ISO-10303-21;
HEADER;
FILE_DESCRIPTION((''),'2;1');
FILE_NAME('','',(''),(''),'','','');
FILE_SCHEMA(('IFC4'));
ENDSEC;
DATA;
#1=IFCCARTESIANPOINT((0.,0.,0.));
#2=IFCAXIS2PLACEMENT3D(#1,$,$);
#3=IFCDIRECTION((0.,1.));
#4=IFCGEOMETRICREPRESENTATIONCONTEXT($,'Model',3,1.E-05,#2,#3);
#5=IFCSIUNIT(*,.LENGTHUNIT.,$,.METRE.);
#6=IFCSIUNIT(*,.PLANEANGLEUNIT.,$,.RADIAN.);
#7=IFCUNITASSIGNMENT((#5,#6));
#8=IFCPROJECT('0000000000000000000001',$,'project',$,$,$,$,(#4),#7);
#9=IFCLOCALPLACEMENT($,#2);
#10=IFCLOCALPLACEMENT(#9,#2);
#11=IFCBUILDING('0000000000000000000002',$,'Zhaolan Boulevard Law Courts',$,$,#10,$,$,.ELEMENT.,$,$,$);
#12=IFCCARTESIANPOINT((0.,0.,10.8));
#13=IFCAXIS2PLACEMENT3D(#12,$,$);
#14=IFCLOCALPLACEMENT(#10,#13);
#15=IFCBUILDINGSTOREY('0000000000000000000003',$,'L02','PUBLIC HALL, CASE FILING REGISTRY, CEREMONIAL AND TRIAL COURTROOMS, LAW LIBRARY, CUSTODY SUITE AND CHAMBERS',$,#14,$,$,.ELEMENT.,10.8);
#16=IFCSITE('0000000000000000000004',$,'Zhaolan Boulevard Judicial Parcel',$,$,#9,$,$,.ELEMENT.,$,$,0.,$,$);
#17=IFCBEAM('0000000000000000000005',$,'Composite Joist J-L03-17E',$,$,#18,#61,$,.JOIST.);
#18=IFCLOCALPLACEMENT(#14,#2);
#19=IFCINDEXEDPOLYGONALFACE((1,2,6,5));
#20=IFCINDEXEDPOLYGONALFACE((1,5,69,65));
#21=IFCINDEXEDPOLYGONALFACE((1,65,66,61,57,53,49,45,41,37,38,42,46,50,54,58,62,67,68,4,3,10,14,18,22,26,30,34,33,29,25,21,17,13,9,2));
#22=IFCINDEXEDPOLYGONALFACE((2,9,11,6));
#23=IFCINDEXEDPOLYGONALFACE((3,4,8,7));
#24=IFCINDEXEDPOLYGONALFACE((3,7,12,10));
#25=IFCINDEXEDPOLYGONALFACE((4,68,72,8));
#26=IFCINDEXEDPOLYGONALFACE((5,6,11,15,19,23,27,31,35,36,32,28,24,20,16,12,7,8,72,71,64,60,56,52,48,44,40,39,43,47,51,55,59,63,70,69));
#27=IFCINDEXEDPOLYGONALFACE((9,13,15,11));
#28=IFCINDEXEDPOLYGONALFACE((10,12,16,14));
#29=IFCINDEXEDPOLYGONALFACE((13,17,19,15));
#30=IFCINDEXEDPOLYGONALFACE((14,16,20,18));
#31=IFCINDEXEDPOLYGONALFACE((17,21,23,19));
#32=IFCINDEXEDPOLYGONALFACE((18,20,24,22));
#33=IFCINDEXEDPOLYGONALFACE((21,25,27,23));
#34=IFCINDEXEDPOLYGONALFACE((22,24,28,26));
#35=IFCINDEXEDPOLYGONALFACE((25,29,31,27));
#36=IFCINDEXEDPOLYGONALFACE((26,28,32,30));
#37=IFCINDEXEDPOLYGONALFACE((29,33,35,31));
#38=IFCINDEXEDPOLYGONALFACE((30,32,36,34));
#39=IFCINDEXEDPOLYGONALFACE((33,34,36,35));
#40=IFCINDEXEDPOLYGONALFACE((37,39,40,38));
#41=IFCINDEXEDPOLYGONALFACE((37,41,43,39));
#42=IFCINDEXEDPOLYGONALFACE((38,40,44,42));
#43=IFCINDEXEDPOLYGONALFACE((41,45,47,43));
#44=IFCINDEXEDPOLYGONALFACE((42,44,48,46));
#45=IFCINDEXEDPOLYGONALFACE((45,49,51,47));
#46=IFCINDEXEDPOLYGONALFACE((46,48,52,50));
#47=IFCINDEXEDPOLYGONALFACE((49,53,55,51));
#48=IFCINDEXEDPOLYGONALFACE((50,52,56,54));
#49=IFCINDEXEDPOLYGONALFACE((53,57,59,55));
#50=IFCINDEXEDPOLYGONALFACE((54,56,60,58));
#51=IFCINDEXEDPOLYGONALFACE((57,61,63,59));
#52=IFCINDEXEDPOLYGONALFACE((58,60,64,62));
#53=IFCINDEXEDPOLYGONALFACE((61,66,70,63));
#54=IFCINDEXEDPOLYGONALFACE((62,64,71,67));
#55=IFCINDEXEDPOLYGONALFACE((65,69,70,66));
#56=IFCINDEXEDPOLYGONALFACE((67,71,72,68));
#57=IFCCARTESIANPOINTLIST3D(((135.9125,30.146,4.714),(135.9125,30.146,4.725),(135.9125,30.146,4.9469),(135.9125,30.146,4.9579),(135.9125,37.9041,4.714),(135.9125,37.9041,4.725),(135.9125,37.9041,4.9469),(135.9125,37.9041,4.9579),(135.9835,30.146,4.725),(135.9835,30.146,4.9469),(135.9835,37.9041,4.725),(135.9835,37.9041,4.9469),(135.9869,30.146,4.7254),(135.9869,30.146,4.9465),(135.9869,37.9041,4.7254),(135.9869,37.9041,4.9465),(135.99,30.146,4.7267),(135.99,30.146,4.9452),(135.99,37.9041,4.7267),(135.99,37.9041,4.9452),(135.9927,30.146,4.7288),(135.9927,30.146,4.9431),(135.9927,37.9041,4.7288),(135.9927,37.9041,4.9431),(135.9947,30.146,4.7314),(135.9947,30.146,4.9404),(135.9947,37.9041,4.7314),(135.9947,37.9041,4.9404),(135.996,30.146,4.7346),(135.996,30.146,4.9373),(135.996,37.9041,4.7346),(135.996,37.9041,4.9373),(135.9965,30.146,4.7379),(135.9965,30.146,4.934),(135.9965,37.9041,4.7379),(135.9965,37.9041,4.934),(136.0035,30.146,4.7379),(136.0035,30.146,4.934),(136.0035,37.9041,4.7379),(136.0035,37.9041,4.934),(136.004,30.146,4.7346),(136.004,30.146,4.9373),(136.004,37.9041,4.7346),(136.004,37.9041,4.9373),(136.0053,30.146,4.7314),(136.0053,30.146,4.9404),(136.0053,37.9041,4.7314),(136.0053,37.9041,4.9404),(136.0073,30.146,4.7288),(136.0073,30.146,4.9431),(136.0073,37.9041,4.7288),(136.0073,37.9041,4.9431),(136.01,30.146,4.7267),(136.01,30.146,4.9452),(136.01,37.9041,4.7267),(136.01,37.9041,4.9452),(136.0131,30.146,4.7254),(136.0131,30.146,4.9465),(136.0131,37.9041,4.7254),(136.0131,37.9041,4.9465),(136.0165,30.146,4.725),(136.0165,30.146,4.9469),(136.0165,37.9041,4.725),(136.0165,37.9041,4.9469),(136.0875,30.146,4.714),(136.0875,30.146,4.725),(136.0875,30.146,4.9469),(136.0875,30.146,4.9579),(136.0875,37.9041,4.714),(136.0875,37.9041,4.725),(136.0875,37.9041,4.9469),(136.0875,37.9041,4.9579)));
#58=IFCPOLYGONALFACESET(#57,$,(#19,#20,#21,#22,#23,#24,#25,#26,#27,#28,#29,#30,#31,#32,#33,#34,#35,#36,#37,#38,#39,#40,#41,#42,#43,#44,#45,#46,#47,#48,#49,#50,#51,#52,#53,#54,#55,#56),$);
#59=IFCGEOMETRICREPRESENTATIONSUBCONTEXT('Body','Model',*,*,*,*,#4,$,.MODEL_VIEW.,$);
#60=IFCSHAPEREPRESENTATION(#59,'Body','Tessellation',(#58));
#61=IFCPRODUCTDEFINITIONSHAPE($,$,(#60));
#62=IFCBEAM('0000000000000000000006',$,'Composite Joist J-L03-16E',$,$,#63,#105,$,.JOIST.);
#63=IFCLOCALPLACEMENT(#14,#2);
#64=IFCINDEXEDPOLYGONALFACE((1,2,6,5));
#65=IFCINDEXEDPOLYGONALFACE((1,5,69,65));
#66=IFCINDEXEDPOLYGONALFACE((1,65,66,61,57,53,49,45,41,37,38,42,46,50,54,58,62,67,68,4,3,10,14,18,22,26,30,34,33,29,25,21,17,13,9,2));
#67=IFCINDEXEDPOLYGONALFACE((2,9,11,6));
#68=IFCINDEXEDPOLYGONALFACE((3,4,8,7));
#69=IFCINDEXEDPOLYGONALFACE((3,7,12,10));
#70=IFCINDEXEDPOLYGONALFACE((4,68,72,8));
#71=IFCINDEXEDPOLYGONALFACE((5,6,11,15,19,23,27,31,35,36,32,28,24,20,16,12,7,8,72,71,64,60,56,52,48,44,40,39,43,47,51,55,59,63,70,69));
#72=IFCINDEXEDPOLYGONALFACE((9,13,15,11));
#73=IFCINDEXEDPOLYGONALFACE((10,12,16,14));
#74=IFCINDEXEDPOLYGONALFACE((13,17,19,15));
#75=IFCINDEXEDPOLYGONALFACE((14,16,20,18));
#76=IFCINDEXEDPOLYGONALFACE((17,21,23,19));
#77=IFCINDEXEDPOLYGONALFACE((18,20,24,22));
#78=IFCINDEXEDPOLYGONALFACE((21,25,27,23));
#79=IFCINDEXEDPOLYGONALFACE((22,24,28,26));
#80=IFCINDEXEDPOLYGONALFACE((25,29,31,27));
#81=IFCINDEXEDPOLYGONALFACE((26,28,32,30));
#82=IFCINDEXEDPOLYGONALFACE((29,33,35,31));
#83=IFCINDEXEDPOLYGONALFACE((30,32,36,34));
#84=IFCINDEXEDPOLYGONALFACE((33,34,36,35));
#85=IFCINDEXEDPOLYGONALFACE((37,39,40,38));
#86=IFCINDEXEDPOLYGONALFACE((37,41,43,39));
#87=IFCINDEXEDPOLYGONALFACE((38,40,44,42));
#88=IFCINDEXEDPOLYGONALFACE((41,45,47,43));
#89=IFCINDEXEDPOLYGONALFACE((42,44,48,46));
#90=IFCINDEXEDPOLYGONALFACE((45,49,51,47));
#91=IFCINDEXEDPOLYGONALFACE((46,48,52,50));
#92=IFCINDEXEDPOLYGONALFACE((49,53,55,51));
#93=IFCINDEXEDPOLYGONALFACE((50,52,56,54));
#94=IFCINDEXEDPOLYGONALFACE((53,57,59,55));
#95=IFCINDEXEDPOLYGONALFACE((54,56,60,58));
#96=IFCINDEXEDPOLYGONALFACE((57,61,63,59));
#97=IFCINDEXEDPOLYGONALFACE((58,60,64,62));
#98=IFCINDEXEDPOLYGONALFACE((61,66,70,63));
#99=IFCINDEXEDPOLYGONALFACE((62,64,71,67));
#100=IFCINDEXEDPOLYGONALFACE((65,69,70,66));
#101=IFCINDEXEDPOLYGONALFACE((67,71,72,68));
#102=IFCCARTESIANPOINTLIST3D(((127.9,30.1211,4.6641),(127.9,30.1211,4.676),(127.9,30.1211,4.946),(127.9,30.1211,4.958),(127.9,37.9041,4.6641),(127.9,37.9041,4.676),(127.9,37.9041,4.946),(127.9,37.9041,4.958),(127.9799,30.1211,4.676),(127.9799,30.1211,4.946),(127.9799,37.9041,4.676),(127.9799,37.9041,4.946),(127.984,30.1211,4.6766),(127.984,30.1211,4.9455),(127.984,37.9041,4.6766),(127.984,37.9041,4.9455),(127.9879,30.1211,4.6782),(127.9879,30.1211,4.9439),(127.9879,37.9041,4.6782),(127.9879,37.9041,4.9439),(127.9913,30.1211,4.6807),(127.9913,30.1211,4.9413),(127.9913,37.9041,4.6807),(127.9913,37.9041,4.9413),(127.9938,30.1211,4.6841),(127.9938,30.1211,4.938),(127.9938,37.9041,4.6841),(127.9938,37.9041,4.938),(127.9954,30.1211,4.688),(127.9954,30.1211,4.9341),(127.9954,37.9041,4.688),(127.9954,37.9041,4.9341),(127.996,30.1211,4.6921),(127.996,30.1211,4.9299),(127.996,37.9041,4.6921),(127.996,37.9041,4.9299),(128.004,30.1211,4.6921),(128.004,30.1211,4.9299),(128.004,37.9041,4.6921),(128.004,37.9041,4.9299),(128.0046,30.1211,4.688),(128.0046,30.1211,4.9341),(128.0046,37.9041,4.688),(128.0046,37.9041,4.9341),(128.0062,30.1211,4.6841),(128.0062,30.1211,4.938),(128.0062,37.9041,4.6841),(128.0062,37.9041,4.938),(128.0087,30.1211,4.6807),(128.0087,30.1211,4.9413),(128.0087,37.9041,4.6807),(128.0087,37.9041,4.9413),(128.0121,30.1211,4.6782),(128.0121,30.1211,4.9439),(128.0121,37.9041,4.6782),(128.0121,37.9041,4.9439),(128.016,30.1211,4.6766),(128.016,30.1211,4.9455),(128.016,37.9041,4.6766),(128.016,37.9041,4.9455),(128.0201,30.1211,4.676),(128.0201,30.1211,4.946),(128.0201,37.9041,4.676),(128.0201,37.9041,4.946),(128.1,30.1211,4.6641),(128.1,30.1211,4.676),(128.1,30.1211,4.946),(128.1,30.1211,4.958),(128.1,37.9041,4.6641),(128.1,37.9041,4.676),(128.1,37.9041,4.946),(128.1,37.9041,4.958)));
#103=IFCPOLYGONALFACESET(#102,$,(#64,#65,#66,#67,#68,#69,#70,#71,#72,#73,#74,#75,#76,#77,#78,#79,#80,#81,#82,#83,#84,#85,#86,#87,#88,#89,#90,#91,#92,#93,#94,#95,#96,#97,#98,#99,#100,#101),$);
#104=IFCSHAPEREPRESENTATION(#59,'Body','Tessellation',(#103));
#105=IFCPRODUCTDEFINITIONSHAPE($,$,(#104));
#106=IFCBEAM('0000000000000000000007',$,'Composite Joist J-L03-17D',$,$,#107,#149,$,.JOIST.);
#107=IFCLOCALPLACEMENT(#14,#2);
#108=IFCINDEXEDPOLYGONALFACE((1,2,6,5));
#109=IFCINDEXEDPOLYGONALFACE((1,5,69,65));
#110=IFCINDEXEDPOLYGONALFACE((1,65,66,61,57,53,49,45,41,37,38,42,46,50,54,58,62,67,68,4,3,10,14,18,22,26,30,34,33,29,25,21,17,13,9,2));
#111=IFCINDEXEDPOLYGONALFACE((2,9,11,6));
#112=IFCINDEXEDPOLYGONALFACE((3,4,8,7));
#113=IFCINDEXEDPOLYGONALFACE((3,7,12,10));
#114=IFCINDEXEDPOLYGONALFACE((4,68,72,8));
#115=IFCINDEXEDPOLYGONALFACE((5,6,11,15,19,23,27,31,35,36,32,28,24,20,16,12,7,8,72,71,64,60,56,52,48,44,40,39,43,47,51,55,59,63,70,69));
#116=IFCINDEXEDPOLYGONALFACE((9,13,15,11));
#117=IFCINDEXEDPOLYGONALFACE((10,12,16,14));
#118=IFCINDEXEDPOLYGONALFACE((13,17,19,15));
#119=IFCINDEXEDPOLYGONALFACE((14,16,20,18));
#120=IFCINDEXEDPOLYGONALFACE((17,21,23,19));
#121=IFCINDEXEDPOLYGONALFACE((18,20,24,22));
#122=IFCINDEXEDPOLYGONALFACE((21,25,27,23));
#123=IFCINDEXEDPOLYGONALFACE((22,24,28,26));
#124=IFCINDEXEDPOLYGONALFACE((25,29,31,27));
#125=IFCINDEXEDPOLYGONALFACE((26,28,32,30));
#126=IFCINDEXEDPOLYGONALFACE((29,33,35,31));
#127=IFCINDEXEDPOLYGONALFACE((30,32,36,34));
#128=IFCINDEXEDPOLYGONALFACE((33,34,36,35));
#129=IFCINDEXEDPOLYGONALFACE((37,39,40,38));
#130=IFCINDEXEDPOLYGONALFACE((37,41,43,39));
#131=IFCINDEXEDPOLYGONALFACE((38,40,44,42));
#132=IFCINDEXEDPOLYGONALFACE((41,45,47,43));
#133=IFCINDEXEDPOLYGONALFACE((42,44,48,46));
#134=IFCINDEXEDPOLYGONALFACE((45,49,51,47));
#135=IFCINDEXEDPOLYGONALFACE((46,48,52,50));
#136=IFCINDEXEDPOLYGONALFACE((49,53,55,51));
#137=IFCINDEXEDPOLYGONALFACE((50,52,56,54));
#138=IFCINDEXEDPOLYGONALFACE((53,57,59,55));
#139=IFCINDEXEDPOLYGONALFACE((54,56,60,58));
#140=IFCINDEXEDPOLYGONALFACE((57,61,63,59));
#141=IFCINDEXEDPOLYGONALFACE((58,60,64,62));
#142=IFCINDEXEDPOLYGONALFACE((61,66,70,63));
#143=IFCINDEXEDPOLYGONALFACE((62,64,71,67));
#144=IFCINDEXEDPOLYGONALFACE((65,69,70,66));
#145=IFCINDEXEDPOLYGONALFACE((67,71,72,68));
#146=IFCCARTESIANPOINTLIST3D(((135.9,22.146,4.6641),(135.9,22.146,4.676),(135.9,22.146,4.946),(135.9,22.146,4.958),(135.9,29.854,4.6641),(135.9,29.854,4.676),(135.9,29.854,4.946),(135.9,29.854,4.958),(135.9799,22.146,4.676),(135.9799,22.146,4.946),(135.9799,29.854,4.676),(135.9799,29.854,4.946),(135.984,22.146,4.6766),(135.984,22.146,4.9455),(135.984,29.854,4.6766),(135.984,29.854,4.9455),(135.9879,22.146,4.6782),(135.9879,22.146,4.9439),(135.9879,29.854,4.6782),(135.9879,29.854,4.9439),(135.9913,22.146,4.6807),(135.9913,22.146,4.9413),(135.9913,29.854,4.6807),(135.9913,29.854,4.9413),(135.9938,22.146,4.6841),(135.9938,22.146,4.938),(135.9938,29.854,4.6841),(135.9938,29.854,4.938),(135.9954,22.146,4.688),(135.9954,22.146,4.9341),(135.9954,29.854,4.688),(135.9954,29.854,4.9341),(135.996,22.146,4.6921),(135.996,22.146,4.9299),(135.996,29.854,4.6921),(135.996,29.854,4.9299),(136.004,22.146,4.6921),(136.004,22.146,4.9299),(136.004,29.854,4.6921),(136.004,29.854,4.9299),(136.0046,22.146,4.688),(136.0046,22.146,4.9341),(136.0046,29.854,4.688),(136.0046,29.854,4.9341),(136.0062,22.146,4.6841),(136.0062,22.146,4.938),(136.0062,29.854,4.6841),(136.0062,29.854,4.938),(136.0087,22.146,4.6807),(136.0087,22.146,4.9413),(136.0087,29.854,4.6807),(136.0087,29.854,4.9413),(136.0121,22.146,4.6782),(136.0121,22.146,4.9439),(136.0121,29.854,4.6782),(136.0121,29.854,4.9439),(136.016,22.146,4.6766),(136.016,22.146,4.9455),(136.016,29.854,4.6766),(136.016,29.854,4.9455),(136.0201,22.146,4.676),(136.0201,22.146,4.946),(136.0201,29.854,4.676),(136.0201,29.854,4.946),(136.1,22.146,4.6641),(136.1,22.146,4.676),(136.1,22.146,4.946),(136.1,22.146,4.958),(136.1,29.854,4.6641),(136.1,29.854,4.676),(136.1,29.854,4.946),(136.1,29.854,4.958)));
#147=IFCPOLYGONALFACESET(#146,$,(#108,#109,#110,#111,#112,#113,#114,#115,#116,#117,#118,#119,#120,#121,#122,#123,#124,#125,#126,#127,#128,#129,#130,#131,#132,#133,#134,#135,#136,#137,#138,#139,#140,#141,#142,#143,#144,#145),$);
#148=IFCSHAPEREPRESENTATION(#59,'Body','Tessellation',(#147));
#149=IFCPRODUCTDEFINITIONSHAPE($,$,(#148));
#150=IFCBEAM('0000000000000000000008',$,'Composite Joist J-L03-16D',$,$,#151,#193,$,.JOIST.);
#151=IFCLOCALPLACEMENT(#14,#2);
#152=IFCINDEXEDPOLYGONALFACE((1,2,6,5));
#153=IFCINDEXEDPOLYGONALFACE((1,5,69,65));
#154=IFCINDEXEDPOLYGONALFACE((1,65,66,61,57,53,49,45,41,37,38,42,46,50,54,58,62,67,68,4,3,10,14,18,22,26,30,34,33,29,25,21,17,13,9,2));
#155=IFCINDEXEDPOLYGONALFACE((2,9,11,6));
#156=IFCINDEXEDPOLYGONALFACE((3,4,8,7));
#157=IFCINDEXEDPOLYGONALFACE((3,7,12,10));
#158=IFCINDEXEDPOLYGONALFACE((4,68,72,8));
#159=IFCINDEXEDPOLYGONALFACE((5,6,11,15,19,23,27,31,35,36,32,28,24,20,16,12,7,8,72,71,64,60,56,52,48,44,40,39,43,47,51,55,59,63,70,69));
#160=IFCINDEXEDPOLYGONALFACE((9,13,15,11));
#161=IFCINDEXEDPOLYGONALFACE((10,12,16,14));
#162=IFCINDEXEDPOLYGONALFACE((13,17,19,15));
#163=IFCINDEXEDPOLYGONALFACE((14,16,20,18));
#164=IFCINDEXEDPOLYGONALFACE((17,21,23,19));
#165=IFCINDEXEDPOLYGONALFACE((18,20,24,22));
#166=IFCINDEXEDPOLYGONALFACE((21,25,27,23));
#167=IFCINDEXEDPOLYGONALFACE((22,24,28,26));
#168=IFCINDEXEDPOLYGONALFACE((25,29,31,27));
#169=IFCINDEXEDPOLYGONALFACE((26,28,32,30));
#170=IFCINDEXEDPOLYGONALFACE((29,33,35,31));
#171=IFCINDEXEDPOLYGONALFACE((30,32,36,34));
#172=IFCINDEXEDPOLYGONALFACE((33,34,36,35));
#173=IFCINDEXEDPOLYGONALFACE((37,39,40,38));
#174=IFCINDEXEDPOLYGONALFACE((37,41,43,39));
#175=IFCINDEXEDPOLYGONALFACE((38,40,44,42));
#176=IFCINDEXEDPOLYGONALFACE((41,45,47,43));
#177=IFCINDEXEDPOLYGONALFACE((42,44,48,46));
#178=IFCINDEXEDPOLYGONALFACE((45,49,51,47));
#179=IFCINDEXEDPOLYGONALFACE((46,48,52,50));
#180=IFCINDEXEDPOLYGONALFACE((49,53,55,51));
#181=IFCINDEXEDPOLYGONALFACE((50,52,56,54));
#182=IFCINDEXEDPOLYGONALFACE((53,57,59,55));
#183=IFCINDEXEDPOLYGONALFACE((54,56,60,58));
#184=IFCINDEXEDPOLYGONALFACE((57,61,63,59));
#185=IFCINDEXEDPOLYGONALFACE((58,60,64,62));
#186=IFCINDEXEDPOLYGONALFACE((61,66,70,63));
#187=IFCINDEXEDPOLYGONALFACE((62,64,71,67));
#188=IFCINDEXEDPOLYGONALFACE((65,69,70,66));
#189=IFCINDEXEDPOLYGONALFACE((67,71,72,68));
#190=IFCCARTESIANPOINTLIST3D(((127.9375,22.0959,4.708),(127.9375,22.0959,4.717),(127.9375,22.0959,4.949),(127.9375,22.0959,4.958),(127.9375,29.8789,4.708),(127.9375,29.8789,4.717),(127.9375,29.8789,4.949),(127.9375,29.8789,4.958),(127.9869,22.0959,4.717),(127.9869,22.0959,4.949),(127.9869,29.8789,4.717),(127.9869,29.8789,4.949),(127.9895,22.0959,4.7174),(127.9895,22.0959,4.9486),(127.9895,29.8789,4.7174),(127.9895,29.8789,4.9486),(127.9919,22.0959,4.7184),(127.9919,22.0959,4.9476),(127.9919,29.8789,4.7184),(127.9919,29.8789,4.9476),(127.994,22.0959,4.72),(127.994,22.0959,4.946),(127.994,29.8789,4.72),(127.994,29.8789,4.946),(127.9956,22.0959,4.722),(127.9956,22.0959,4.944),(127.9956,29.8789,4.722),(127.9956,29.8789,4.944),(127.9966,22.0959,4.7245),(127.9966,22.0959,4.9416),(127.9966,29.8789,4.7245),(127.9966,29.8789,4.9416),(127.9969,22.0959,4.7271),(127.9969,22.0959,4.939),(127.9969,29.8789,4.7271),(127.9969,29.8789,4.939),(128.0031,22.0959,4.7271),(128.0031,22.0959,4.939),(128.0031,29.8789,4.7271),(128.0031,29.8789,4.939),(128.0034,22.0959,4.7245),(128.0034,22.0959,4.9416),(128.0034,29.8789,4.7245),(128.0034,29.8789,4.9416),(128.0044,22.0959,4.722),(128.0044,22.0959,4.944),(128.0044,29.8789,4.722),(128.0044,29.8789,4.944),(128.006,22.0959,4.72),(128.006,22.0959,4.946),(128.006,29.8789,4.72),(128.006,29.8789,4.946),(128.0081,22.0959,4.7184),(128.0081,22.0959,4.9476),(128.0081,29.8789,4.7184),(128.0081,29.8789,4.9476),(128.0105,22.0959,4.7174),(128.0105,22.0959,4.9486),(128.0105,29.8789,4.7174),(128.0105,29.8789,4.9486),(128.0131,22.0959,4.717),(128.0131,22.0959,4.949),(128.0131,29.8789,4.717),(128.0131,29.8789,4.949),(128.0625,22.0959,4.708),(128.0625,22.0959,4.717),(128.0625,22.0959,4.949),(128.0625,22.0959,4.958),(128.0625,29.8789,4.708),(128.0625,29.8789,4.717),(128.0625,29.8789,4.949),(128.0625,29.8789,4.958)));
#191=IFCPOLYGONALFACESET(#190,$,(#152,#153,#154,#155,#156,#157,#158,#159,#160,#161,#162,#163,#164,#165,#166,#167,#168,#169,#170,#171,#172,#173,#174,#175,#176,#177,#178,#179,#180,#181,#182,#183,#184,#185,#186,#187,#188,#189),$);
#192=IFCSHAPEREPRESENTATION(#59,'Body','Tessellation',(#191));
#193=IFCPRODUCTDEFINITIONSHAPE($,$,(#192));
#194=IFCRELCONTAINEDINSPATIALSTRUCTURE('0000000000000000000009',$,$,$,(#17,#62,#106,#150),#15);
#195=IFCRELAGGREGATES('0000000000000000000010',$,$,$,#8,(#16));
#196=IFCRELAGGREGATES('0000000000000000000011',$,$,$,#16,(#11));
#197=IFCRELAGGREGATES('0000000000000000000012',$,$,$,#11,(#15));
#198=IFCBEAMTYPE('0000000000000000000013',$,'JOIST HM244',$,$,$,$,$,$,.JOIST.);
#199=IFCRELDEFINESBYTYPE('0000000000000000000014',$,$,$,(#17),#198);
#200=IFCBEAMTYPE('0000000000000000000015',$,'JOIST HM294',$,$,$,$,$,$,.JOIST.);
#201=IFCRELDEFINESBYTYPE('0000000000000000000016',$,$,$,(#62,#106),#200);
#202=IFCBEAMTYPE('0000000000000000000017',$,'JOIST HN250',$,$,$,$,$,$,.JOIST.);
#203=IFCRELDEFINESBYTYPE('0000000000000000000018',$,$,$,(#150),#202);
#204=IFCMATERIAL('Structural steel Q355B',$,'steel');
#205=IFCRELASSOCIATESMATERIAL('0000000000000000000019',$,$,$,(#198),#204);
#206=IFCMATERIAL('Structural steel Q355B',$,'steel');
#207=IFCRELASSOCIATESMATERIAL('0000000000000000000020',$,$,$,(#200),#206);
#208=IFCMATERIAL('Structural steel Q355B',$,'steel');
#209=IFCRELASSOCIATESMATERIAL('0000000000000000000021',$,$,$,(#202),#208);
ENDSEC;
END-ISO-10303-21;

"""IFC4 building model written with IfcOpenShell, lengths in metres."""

from ifc_helpers import new_model, si_unit, direction, frame, origin, origin_2d, place, context, subcontext, project, spatial, i_section, extrude, material, material_profile, profile_set, type_object, element, save


model = new_model("IFC4")

# Units and contexts
model_context = context("Model", 3, precision=1e-05, world=origin(), true_north=direction((0.0, 1.0)))
body_context = subcontext(model_context, "Body", "Model", "MODEL_VIEW")
ifc_project = project(units=[si_unit("LENGTHUNIT", "METRE"), si_unit("PLANEANGLEUNIT", "RADIAN")], contexts=[model_context])

# Site, building, storey
site_placement = place(None, origin())
site = spatial("IfcSite", under=ifc_project, at=site_placement, Name="Zhaolan Boulevard Judicial Parcel", CompositionType="ELEMENT", RefElevation=0.0)
building_placement = place(site_placement, origin())
building = spatial("IfcBuilding", under=site, at=building_placement, Name="Zhaolan Boulevard Law Courts", CompositionType="ELEMENT")
storey_placement = place(building_placement, frame((0.0, 0.0, 10.8)))
storey = spatial("IfcBuildingStorey", under=building, at=storey_placement, Name="L02", Description="PUBLIC HALL, CASE FILING REGISTRY, CEREMONIAL AND TRIAL COURTROOMS, LAW LIBRARY, CUSTODY SUITE AND CHAMBERS", CompositionType="ELEMENT", Elevation=10.8)

# Beams
ifc_material_1 = material(Name="Structural steel Q355B", Category="steel")
ifc_material_profile_1 = material_profile(ifc_material_1, i_section(OverallWidth=0.175, OverallDepth=0.2439, WebThickness=0.0071, FlangeThickness=0.011, FilletRadius=0.0129, at=origin_2d()), Name="HM244x175")
ifc_profile_set_1 = profile_set([ifc_material_profile_1], Name="Structural steel Q355B")
beam_type_1 = type_object("IfcBeamType", Name="JOIST HM244", PredefinedType="JOIST", material=ifc_profile_set_1)
beam_1_placement = place(storey_placement, frame((136.0, 30.146, 4.8359), z_axis=(0.0, 1.0, 0.0), x_axis=(-1.0, 0.0, 0.0)))
element("IfcBeam", 1, at=beam_1_placement, inside=storey, type_object=beam_type_1, Name="Composite Joist J-L03-17E", PredefinedType="JOIST", context=body_context, shape_type="SweptSolid", body=[
    extrude(i_section(OverallWidth=0.175, OverallDepth=0.2439, WebThickness=0.0071, FlangeThickness=0.011, FilletRadius=0.0129, at=origin_2d()), origin(), (0.0, 0.0, 1.0), 7.7581),
])
ifc_material_2 = material(Name="Structural steel Q355B", Category="steel")
ifc_material_profile_2 = material_profile(ifc_material_2, i_section(OverallWidth=0.2, OverallDepth=0.2939, WebThickness=0.0081, FlangeThickness=0.012, FilletRadius=0.0161, at=origin_2d()), Name="HM294x200")
ifc_profile_set_2 = profile_set([ifc_material_profile_2], Name="Structural steel Q355B")
beam_type_2 = type_object("IfcBeamType", Name="JOIST HM294", PredefinedType="JOIST", material=ifc_profile_set_2)
beam_2_placement = place(storey_placement, frame((128.0, 30.1211, 4.811), z_axis=(0.0, 1.0, 0.0), x_axis=(-1.0, 0.0, 0.0)))
element("IfcBeam", 2, at=beam_2_placement, inside=storey, type_object=beam_type_2, Name="Composite Joist J-L03-16E", PredefinedType="JOIST", context=body_context, shape_type="SweptSolid", body=[
    extrude(i_section(OverallWidth=0.2, OverallDepth=0.2939, WebThickness=0.0081, FlangeThickness=0.012, FilletRadius=0.0161, at=origin_2d()), origin(), (0.0, 0.0, 1.0), 7.783),
])
beam_3_placement = place(storey_placement, frame((136.0, 22.146, 4.811), z_axis=(0.0, 1.0, 0.0), x_axis=(-1.0, 0.0, 0.0)))
element("IfcBeam", 3, at=beam_3_placement, inside=storey, type_object=beam_type_2, Name="Composite Joist J-L03-17D", PredefinedType="JOIST", context=body_context, shape_type="SweptSolid", body=[
    extrude(i_section(OverallWidth=0.2, OverallDepth=0.2939, WebThickness=0.0081, FlangeThickness=0.012, FilletRadius=0.0161, at=origin_2d()), origin(), (0.0, 0.0, 1.0), 7.708),
])
ifc_material_3 = material(Name="Structural steel Q355B", Category="steel")
ifc_material_profile_3 = material_profile(ifc_material_3, i_section(OverallWidth=0.125, OverallDepth=0.25, WebThickness=0.0061, FlangeThickness=0.009, FilletRadius=0.01, at=origin_2d()), Name="HN250x125")
ifc_profile_set_3 = profile_set([ifc_material_profile_3], Name="Structural steel Q355B")
beam_type_3 = type_object("IfcBeamType", Name="JOIST HN250", PredefinedType="JOIST", material=ifc_profile_set_3)
beam_4_placement = place(storey_placement, frame((128.0, 22.0959, 4.833), z_axis=(0.0, 1.0, 0.0), x_axis=(-1.0, 0.0, 0.0)))
element("IfcBeam", 4, at=beam_4_placement, inside=storey, type_object=beam_type_3, Name="Composite Joist J-L03-16D", PredefinedType="JOIST", context=body_context, shape_type="SweptSolid", body=[
    extrude(i_section(OverallWidth=0.125, OverallDepth=0.25, WebThickness=0.0061, FlangeThickness=0.009, FilletRadius=0.01, at=origin_2d()), origin(), (0.0, 0.0, 1.0), 7.783),
])

save(model, "model.ifc")
